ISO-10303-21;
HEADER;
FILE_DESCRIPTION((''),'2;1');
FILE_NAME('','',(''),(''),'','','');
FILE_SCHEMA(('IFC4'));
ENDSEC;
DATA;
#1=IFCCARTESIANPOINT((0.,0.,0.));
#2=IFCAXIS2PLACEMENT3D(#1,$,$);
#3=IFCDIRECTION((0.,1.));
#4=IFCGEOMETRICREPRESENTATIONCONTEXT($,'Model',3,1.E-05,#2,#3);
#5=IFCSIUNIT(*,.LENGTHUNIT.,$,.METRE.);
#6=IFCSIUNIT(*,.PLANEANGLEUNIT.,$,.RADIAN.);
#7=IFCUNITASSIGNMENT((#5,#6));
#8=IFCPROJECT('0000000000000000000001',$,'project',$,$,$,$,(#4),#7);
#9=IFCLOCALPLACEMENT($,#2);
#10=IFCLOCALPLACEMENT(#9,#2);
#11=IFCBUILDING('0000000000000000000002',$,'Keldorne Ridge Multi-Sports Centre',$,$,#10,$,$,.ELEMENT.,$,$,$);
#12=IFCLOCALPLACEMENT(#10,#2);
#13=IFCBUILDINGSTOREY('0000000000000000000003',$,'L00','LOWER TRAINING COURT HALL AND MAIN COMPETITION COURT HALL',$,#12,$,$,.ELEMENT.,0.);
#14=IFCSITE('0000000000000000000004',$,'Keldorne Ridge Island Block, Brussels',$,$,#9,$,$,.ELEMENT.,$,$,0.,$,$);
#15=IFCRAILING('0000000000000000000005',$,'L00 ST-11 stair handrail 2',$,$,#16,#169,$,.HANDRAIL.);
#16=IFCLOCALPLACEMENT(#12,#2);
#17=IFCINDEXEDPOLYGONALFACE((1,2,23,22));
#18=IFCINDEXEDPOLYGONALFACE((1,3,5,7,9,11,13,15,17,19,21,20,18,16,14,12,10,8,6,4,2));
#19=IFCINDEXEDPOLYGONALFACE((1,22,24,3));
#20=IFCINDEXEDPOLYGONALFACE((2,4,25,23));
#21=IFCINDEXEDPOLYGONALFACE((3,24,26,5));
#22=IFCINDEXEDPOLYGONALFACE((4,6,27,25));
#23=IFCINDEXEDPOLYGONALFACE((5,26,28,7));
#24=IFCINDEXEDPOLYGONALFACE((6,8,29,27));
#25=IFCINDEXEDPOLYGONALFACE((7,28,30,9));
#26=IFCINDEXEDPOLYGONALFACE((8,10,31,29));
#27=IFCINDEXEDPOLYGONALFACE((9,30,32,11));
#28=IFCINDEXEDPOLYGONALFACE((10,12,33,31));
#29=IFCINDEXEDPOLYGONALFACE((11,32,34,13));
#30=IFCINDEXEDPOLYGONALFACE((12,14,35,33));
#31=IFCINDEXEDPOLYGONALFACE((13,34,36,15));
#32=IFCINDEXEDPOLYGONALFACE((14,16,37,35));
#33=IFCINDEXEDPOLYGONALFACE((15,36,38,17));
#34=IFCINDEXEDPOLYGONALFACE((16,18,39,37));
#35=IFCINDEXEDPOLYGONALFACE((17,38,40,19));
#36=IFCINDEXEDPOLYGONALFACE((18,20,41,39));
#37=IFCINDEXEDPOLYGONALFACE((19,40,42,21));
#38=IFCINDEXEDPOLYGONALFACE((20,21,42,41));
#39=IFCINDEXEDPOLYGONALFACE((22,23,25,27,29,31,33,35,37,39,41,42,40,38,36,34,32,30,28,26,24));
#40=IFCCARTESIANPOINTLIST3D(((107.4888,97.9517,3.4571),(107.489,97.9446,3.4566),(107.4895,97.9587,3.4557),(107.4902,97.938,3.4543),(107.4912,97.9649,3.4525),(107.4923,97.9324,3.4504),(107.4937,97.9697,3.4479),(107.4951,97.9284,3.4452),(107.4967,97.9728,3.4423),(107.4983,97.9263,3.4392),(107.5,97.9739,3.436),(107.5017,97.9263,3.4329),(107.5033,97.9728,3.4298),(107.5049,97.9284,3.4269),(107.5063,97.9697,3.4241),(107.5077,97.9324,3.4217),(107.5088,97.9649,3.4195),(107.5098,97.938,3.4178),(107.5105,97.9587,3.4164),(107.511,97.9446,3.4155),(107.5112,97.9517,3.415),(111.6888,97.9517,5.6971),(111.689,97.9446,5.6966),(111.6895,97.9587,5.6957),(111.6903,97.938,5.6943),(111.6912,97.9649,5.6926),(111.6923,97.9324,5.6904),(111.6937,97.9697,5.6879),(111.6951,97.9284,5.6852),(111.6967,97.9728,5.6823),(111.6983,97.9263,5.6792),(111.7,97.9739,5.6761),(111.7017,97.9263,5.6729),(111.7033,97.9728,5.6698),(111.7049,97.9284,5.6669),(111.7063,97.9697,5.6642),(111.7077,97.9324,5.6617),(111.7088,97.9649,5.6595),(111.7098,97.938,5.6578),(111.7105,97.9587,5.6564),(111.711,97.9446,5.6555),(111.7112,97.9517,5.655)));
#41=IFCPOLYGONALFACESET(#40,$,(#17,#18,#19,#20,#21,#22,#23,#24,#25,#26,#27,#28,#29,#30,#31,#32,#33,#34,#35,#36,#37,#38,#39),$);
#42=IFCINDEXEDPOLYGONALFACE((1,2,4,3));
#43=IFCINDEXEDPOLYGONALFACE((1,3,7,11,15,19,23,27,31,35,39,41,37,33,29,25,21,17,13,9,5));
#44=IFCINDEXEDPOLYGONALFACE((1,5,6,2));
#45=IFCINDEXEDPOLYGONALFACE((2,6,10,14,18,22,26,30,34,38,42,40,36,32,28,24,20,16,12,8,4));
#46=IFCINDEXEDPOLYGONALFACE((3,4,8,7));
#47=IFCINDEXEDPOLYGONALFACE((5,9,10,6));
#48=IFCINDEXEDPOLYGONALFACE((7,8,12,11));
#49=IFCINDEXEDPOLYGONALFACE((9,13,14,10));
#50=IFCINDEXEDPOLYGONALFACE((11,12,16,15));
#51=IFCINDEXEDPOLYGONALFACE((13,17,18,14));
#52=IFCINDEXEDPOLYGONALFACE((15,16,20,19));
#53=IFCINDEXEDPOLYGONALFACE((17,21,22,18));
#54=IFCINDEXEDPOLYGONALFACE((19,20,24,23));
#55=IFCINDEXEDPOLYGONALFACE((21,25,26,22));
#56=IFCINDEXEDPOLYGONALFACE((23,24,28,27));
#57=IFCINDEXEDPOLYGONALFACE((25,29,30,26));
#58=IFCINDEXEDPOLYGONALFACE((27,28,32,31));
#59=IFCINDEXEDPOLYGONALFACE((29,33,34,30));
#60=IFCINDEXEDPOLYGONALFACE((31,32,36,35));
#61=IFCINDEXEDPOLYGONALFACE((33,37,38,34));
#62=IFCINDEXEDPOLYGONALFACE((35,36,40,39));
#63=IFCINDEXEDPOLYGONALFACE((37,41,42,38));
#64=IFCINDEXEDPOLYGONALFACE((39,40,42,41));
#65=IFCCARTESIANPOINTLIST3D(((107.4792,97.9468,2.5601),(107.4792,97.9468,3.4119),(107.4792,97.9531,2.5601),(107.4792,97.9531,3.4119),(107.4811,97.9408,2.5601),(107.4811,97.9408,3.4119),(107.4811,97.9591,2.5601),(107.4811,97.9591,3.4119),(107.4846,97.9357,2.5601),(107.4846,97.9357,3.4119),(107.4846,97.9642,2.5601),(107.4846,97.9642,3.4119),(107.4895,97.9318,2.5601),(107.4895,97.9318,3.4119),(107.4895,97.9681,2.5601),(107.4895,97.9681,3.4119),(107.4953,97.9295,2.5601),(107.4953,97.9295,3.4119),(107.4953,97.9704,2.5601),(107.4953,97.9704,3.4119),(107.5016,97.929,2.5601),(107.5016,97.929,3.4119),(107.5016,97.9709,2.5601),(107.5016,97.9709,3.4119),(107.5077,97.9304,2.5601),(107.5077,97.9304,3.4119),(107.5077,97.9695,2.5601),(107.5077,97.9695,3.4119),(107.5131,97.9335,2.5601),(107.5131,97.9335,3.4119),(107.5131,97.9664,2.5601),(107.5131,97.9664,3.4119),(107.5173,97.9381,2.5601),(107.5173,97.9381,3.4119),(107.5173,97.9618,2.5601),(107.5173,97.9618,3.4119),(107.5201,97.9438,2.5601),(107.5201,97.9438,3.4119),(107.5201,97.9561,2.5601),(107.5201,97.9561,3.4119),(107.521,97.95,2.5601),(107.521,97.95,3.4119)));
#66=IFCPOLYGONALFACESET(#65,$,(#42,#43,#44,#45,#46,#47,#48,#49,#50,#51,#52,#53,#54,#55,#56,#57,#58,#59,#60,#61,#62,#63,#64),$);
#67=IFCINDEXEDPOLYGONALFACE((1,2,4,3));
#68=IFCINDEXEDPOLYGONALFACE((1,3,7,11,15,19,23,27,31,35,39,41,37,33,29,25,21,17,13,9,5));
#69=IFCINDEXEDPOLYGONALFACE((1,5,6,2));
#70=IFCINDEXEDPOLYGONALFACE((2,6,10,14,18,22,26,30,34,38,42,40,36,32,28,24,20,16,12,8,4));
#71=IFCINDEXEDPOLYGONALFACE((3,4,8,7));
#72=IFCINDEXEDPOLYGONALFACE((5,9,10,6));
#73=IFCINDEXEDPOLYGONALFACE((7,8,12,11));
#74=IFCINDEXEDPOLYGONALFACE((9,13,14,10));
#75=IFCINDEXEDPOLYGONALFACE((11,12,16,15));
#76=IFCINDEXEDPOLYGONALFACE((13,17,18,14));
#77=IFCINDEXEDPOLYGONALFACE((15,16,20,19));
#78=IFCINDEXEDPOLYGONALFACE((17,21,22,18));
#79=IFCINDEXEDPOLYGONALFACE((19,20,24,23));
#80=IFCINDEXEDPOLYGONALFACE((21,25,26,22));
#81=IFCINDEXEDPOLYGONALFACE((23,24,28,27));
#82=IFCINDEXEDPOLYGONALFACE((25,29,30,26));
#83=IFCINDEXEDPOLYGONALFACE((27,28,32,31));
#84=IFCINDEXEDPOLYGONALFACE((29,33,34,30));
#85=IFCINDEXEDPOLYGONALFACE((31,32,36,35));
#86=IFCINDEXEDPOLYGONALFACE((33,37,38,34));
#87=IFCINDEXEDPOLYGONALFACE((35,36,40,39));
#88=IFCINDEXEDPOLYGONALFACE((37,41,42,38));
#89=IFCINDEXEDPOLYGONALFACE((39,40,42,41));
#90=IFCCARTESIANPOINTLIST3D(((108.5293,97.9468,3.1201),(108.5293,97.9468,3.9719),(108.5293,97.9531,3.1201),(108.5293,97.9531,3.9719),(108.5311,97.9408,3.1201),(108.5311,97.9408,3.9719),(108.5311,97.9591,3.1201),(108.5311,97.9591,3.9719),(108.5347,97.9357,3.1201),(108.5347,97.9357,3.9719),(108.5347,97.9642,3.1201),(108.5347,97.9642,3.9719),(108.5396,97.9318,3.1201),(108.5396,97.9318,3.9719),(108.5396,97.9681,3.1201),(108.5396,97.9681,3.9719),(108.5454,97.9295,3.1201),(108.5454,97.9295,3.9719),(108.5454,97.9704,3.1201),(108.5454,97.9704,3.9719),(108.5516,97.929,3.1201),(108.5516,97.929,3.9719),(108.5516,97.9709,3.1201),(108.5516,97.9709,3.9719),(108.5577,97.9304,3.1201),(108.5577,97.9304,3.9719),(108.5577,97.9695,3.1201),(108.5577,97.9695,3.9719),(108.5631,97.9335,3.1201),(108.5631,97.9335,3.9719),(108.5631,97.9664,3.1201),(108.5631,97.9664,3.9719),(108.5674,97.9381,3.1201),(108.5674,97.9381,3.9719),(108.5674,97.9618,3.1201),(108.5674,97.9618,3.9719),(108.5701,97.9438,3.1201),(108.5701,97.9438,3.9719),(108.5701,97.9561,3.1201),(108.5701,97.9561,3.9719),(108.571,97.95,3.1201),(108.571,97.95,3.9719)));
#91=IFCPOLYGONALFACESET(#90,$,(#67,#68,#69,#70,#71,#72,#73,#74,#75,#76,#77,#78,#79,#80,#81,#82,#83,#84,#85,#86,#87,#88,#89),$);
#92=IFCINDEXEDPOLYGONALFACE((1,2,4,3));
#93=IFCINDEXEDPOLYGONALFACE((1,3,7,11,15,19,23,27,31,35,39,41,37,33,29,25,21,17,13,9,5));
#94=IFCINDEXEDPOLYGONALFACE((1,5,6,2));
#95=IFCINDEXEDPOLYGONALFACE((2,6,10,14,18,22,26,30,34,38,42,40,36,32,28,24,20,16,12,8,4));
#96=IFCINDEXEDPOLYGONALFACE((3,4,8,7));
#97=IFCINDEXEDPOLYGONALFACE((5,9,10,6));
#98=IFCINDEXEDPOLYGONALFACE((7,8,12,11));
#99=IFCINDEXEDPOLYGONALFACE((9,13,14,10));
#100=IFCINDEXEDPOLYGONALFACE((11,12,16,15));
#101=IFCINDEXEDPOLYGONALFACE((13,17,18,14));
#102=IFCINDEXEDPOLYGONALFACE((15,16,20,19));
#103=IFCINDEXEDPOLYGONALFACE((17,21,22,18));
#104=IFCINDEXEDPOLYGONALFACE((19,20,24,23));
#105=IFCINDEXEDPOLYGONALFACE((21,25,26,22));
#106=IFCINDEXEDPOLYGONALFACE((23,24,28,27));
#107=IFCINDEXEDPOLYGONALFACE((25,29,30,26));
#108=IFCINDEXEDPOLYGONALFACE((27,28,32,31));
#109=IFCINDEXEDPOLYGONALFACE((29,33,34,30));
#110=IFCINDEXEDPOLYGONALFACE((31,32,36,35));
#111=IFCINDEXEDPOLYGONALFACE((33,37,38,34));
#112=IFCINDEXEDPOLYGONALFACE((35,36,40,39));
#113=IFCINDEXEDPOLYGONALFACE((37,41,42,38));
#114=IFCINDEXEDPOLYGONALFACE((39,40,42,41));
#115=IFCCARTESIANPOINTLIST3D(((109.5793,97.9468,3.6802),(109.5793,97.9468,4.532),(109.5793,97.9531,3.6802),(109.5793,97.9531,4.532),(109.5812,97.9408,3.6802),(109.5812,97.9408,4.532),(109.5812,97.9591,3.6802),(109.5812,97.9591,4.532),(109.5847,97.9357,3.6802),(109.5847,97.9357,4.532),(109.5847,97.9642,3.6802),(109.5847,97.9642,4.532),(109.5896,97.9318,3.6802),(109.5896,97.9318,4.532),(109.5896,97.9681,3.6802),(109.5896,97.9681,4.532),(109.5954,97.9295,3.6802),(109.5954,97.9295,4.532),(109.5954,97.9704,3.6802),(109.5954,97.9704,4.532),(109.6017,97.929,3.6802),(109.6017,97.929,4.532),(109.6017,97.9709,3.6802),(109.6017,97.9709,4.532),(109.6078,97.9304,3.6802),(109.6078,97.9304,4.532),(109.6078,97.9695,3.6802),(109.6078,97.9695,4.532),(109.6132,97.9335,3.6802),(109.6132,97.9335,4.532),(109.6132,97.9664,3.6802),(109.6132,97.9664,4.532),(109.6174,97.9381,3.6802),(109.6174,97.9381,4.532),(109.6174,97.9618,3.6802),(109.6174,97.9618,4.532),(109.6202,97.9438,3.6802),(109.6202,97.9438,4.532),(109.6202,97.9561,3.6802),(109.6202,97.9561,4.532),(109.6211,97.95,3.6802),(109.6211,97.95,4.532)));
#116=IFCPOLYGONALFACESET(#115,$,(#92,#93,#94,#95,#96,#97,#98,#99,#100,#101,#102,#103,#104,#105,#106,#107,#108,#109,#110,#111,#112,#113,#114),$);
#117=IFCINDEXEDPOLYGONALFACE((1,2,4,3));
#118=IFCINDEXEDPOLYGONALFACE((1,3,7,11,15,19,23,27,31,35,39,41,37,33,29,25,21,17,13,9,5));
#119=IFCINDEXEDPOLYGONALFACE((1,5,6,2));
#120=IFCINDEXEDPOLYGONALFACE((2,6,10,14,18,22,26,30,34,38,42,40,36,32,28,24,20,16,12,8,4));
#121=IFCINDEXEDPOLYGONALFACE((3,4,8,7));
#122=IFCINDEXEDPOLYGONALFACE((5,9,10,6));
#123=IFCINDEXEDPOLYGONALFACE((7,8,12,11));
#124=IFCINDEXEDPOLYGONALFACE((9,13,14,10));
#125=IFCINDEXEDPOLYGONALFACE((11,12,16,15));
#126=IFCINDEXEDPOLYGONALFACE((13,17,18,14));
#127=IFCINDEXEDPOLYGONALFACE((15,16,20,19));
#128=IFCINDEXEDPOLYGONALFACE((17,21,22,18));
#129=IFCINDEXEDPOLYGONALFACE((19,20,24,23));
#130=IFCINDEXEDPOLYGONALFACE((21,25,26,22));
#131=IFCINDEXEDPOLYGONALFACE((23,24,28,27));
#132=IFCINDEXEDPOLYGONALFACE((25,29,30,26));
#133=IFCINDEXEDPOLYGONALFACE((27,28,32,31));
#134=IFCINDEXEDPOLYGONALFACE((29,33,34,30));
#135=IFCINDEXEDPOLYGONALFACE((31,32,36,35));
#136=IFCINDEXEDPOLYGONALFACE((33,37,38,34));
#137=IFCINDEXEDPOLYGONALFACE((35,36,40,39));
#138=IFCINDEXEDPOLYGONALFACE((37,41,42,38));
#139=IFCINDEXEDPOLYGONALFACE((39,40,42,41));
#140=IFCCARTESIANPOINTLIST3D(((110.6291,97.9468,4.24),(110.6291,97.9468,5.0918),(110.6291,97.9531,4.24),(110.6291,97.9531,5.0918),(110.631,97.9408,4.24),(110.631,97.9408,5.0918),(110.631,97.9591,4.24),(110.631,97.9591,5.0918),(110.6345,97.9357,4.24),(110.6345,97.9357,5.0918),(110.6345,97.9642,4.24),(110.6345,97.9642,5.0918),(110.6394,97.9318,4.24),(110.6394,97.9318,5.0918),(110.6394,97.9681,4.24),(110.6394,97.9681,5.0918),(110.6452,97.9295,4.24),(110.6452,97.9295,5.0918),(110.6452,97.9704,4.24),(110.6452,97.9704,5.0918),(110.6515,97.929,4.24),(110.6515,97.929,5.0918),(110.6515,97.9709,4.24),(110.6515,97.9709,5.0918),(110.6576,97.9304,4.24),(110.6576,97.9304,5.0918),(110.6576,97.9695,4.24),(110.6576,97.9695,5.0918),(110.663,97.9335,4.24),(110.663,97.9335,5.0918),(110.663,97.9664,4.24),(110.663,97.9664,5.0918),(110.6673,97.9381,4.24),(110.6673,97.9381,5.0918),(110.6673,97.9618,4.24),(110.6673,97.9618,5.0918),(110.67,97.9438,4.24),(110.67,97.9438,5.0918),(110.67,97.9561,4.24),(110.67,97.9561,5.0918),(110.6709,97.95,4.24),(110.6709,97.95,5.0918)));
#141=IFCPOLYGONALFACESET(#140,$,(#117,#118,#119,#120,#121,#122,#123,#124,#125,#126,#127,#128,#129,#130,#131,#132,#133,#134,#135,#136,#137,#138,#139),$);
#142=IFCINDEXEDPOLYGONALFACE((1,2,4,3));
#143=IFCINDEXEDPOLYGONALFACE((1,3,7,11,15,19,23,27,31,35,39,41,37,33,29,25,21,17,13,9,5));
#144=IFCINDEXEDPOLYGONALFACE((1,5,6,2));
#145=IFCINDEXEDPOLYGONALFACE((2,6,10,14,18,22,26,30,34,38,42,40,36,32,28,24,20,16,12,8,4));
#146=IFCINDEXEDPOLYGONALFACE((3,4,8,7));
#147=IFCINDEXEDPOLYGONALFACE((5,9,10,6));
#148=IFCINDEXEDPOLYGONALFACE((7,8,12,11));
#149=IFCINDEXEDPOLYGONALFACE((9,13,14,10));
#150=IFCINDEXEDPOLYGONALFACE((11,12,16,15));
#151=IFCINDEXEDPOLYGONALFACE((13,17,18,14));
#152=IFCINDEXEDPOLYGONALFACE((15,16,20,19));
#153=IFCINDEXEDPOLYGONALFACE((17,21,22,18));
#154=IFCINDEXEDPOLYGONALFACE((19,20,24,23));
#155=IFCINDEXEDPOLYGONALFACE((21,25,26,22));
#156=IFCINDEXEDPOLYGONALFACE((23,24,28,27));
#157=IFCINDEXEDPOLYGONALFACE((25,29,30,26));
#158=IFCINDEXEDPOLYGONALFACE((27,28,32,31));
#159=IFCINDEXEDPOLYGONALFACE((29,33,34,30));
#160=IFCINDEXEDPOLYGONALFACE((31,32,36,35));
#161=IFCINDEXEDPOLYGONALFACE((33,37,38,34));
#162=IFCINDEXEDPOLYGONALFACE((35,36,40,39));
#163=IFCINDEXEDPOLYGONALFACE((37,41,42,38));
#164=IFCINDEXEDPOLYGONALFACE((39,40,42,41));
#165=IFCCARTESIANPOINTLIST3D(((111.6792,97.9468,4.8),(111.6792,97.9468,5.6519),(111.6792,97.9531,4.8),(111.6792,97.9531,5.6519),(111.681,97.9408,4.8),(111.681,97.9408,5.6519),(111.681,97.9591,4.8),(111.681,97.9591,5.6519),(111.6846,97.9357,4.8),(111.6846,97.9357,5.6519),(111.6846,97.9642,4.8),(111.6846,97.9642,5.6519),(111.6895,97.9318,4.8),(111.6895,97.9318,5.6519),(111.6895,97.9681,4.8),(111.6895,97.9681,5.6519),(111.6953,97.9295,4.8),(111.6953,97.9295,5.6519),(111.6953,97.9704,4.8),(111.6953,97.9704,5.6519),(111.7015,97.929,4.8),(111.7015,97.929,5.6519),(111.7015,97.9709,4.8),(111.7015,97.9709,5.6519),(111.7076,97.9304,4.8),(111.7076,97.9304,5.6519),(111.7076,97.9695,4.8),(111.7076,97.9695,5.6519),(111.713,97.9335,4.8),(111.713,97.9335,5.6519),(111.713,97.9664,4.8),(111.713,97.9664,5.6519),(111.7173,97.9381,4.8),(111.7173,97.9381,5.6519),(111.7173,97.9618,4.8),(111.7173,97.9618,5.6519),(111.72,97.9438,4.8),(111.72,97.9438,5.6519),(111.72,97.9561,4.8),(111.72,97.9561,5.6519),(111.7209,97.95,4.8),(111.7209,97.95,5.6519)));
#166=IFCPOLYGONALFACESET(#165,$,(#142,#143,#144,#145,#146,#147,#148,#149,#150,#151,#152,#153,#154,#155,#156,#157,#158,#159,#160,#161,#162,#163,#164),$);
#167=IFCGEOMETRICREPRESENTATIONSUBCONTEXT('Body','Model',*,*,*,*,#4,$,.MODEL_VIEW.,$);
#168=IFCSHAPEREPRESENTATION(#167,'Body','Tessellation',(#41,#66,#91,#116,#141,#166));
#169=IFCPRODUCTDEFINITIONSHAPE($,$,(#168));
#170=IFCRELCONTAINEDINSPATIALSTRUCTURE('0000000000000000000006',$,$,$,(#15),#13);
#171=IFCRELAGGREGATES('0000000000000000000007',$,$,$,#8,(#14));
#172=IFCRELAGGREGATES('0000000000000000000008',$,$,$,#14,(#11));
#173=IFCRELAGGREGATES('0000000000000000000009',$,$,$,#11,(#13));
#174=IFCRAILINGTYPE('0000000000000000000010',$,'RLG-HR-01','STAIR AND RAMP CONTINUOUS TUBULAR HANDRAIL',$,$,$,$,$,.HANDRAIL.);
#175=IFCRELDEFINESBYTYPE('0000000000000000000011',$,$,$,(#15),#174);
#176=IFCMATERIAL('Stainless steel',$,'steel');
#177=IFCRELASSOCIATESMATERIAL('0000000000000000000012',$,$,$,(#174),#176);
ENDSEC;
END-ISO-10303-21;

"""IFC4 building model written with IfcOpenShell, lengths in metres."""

from ifc_helpers import new_model, si_unit, direction, frame, origin, origin_2d, place, context, subcontext, project, spatial, circle, extrude, material, type_object, element, save


model = new_model("IFC4")

# Units and contexts
model_context = context("Model", 3, precision=1e-05, world=origin(), true_north=direction((0.0, 1.0)))
body_context = subcontext(model_context, "Body", "Model", "MODEL_VIEW")
ifc_project = project(units=[si_unit("LENGTHUNIT", "METRE"), si_unit("PLANEANGLEUNIT", "RADIAN")], contexts=[model_context])

# Site, building, storey
site_placement = place(None, origin())
site = spatial("IfcSite", under=ifc_project, at=site_placement, Name="Keldorne Ridge Island Block, Brussels", CompositionType="ELEMENT", RefElevation=0.0)
building_placement = place(site_placement, origin())
building = spatial("IfcBuilding", under=site, at=building_placement, Name="Keldorne Ridge Multi-Sports Centre", CompositionType="ELEMENT")
storey_placement = place(building_placement, origin())
storey = spatial("IfcBuildingStorey", under=building, at=storey_placement, Name="L00", Description="LOWER TRAINING COURT HALL AND MAIN COMPETITION COURT HALL", CompositionType="ELEMENT", Elevation=0.0)

# Railing
ifc_material_1 = material(Name="Stainless steel", Category="steel")
railing_type = type_object("IfcRailingType", Name="RLG-HR-01", Description="STAIR AND RAMP CONTINUOUS TUBULAR HANDRAIL", PredefinedType="HANDRAIL", material=ifc_material_1)
railing_placement = place(storey_placement, frame((107.5, 97.95, 2.5601)))
element("IfcRailing", 1, at=railing_placement, inside=storey, type_object=railing_type, Name="L00 ST-11 stair handrail 2", PredefinedType="HANDRAIL", context=body_context, shape_type="SweptSolid", body=[
    extrude(circle(Radius=0.0239, at=origin_2d()), frame((0.0, 0.0, 0.876), z_axis=(0.882352, 0.0, 0.470591), x_axis=(0.0, 1.0, 0.0)), (0.0, 0.0, 1.0), 4.76),
    extrude(circle(Radius=0.021, at=origin_2d()), origin(), (0.0, 0.0, 1.0), 0.8518),
    extrude(circle(Radius=0.021, at=origin_2d()), frame((1.05, 0.0, 0.5601)), (0.0, 0.0, 1.0), 0.8518),
    extrude(circle(Radius=0.021, at=origin_2d()), frame((2.1001, 0.0, 1.1201)), (0.0, 0.0, 1.0), 0.8518),
    extrude(circle(Radius=0.021, at=origin_2d()), frame((3.1499, 0.0, 1.6799)), (0.0, 0.0, 1.0), 0.8518),
    extrude(circle(Radius=0.021, at=origin_2d()), frame((4.2, 0.0, 2.24)), (0.0, 0.0, 1.0), 0.8518),
])

save(model, "model.ifc")
